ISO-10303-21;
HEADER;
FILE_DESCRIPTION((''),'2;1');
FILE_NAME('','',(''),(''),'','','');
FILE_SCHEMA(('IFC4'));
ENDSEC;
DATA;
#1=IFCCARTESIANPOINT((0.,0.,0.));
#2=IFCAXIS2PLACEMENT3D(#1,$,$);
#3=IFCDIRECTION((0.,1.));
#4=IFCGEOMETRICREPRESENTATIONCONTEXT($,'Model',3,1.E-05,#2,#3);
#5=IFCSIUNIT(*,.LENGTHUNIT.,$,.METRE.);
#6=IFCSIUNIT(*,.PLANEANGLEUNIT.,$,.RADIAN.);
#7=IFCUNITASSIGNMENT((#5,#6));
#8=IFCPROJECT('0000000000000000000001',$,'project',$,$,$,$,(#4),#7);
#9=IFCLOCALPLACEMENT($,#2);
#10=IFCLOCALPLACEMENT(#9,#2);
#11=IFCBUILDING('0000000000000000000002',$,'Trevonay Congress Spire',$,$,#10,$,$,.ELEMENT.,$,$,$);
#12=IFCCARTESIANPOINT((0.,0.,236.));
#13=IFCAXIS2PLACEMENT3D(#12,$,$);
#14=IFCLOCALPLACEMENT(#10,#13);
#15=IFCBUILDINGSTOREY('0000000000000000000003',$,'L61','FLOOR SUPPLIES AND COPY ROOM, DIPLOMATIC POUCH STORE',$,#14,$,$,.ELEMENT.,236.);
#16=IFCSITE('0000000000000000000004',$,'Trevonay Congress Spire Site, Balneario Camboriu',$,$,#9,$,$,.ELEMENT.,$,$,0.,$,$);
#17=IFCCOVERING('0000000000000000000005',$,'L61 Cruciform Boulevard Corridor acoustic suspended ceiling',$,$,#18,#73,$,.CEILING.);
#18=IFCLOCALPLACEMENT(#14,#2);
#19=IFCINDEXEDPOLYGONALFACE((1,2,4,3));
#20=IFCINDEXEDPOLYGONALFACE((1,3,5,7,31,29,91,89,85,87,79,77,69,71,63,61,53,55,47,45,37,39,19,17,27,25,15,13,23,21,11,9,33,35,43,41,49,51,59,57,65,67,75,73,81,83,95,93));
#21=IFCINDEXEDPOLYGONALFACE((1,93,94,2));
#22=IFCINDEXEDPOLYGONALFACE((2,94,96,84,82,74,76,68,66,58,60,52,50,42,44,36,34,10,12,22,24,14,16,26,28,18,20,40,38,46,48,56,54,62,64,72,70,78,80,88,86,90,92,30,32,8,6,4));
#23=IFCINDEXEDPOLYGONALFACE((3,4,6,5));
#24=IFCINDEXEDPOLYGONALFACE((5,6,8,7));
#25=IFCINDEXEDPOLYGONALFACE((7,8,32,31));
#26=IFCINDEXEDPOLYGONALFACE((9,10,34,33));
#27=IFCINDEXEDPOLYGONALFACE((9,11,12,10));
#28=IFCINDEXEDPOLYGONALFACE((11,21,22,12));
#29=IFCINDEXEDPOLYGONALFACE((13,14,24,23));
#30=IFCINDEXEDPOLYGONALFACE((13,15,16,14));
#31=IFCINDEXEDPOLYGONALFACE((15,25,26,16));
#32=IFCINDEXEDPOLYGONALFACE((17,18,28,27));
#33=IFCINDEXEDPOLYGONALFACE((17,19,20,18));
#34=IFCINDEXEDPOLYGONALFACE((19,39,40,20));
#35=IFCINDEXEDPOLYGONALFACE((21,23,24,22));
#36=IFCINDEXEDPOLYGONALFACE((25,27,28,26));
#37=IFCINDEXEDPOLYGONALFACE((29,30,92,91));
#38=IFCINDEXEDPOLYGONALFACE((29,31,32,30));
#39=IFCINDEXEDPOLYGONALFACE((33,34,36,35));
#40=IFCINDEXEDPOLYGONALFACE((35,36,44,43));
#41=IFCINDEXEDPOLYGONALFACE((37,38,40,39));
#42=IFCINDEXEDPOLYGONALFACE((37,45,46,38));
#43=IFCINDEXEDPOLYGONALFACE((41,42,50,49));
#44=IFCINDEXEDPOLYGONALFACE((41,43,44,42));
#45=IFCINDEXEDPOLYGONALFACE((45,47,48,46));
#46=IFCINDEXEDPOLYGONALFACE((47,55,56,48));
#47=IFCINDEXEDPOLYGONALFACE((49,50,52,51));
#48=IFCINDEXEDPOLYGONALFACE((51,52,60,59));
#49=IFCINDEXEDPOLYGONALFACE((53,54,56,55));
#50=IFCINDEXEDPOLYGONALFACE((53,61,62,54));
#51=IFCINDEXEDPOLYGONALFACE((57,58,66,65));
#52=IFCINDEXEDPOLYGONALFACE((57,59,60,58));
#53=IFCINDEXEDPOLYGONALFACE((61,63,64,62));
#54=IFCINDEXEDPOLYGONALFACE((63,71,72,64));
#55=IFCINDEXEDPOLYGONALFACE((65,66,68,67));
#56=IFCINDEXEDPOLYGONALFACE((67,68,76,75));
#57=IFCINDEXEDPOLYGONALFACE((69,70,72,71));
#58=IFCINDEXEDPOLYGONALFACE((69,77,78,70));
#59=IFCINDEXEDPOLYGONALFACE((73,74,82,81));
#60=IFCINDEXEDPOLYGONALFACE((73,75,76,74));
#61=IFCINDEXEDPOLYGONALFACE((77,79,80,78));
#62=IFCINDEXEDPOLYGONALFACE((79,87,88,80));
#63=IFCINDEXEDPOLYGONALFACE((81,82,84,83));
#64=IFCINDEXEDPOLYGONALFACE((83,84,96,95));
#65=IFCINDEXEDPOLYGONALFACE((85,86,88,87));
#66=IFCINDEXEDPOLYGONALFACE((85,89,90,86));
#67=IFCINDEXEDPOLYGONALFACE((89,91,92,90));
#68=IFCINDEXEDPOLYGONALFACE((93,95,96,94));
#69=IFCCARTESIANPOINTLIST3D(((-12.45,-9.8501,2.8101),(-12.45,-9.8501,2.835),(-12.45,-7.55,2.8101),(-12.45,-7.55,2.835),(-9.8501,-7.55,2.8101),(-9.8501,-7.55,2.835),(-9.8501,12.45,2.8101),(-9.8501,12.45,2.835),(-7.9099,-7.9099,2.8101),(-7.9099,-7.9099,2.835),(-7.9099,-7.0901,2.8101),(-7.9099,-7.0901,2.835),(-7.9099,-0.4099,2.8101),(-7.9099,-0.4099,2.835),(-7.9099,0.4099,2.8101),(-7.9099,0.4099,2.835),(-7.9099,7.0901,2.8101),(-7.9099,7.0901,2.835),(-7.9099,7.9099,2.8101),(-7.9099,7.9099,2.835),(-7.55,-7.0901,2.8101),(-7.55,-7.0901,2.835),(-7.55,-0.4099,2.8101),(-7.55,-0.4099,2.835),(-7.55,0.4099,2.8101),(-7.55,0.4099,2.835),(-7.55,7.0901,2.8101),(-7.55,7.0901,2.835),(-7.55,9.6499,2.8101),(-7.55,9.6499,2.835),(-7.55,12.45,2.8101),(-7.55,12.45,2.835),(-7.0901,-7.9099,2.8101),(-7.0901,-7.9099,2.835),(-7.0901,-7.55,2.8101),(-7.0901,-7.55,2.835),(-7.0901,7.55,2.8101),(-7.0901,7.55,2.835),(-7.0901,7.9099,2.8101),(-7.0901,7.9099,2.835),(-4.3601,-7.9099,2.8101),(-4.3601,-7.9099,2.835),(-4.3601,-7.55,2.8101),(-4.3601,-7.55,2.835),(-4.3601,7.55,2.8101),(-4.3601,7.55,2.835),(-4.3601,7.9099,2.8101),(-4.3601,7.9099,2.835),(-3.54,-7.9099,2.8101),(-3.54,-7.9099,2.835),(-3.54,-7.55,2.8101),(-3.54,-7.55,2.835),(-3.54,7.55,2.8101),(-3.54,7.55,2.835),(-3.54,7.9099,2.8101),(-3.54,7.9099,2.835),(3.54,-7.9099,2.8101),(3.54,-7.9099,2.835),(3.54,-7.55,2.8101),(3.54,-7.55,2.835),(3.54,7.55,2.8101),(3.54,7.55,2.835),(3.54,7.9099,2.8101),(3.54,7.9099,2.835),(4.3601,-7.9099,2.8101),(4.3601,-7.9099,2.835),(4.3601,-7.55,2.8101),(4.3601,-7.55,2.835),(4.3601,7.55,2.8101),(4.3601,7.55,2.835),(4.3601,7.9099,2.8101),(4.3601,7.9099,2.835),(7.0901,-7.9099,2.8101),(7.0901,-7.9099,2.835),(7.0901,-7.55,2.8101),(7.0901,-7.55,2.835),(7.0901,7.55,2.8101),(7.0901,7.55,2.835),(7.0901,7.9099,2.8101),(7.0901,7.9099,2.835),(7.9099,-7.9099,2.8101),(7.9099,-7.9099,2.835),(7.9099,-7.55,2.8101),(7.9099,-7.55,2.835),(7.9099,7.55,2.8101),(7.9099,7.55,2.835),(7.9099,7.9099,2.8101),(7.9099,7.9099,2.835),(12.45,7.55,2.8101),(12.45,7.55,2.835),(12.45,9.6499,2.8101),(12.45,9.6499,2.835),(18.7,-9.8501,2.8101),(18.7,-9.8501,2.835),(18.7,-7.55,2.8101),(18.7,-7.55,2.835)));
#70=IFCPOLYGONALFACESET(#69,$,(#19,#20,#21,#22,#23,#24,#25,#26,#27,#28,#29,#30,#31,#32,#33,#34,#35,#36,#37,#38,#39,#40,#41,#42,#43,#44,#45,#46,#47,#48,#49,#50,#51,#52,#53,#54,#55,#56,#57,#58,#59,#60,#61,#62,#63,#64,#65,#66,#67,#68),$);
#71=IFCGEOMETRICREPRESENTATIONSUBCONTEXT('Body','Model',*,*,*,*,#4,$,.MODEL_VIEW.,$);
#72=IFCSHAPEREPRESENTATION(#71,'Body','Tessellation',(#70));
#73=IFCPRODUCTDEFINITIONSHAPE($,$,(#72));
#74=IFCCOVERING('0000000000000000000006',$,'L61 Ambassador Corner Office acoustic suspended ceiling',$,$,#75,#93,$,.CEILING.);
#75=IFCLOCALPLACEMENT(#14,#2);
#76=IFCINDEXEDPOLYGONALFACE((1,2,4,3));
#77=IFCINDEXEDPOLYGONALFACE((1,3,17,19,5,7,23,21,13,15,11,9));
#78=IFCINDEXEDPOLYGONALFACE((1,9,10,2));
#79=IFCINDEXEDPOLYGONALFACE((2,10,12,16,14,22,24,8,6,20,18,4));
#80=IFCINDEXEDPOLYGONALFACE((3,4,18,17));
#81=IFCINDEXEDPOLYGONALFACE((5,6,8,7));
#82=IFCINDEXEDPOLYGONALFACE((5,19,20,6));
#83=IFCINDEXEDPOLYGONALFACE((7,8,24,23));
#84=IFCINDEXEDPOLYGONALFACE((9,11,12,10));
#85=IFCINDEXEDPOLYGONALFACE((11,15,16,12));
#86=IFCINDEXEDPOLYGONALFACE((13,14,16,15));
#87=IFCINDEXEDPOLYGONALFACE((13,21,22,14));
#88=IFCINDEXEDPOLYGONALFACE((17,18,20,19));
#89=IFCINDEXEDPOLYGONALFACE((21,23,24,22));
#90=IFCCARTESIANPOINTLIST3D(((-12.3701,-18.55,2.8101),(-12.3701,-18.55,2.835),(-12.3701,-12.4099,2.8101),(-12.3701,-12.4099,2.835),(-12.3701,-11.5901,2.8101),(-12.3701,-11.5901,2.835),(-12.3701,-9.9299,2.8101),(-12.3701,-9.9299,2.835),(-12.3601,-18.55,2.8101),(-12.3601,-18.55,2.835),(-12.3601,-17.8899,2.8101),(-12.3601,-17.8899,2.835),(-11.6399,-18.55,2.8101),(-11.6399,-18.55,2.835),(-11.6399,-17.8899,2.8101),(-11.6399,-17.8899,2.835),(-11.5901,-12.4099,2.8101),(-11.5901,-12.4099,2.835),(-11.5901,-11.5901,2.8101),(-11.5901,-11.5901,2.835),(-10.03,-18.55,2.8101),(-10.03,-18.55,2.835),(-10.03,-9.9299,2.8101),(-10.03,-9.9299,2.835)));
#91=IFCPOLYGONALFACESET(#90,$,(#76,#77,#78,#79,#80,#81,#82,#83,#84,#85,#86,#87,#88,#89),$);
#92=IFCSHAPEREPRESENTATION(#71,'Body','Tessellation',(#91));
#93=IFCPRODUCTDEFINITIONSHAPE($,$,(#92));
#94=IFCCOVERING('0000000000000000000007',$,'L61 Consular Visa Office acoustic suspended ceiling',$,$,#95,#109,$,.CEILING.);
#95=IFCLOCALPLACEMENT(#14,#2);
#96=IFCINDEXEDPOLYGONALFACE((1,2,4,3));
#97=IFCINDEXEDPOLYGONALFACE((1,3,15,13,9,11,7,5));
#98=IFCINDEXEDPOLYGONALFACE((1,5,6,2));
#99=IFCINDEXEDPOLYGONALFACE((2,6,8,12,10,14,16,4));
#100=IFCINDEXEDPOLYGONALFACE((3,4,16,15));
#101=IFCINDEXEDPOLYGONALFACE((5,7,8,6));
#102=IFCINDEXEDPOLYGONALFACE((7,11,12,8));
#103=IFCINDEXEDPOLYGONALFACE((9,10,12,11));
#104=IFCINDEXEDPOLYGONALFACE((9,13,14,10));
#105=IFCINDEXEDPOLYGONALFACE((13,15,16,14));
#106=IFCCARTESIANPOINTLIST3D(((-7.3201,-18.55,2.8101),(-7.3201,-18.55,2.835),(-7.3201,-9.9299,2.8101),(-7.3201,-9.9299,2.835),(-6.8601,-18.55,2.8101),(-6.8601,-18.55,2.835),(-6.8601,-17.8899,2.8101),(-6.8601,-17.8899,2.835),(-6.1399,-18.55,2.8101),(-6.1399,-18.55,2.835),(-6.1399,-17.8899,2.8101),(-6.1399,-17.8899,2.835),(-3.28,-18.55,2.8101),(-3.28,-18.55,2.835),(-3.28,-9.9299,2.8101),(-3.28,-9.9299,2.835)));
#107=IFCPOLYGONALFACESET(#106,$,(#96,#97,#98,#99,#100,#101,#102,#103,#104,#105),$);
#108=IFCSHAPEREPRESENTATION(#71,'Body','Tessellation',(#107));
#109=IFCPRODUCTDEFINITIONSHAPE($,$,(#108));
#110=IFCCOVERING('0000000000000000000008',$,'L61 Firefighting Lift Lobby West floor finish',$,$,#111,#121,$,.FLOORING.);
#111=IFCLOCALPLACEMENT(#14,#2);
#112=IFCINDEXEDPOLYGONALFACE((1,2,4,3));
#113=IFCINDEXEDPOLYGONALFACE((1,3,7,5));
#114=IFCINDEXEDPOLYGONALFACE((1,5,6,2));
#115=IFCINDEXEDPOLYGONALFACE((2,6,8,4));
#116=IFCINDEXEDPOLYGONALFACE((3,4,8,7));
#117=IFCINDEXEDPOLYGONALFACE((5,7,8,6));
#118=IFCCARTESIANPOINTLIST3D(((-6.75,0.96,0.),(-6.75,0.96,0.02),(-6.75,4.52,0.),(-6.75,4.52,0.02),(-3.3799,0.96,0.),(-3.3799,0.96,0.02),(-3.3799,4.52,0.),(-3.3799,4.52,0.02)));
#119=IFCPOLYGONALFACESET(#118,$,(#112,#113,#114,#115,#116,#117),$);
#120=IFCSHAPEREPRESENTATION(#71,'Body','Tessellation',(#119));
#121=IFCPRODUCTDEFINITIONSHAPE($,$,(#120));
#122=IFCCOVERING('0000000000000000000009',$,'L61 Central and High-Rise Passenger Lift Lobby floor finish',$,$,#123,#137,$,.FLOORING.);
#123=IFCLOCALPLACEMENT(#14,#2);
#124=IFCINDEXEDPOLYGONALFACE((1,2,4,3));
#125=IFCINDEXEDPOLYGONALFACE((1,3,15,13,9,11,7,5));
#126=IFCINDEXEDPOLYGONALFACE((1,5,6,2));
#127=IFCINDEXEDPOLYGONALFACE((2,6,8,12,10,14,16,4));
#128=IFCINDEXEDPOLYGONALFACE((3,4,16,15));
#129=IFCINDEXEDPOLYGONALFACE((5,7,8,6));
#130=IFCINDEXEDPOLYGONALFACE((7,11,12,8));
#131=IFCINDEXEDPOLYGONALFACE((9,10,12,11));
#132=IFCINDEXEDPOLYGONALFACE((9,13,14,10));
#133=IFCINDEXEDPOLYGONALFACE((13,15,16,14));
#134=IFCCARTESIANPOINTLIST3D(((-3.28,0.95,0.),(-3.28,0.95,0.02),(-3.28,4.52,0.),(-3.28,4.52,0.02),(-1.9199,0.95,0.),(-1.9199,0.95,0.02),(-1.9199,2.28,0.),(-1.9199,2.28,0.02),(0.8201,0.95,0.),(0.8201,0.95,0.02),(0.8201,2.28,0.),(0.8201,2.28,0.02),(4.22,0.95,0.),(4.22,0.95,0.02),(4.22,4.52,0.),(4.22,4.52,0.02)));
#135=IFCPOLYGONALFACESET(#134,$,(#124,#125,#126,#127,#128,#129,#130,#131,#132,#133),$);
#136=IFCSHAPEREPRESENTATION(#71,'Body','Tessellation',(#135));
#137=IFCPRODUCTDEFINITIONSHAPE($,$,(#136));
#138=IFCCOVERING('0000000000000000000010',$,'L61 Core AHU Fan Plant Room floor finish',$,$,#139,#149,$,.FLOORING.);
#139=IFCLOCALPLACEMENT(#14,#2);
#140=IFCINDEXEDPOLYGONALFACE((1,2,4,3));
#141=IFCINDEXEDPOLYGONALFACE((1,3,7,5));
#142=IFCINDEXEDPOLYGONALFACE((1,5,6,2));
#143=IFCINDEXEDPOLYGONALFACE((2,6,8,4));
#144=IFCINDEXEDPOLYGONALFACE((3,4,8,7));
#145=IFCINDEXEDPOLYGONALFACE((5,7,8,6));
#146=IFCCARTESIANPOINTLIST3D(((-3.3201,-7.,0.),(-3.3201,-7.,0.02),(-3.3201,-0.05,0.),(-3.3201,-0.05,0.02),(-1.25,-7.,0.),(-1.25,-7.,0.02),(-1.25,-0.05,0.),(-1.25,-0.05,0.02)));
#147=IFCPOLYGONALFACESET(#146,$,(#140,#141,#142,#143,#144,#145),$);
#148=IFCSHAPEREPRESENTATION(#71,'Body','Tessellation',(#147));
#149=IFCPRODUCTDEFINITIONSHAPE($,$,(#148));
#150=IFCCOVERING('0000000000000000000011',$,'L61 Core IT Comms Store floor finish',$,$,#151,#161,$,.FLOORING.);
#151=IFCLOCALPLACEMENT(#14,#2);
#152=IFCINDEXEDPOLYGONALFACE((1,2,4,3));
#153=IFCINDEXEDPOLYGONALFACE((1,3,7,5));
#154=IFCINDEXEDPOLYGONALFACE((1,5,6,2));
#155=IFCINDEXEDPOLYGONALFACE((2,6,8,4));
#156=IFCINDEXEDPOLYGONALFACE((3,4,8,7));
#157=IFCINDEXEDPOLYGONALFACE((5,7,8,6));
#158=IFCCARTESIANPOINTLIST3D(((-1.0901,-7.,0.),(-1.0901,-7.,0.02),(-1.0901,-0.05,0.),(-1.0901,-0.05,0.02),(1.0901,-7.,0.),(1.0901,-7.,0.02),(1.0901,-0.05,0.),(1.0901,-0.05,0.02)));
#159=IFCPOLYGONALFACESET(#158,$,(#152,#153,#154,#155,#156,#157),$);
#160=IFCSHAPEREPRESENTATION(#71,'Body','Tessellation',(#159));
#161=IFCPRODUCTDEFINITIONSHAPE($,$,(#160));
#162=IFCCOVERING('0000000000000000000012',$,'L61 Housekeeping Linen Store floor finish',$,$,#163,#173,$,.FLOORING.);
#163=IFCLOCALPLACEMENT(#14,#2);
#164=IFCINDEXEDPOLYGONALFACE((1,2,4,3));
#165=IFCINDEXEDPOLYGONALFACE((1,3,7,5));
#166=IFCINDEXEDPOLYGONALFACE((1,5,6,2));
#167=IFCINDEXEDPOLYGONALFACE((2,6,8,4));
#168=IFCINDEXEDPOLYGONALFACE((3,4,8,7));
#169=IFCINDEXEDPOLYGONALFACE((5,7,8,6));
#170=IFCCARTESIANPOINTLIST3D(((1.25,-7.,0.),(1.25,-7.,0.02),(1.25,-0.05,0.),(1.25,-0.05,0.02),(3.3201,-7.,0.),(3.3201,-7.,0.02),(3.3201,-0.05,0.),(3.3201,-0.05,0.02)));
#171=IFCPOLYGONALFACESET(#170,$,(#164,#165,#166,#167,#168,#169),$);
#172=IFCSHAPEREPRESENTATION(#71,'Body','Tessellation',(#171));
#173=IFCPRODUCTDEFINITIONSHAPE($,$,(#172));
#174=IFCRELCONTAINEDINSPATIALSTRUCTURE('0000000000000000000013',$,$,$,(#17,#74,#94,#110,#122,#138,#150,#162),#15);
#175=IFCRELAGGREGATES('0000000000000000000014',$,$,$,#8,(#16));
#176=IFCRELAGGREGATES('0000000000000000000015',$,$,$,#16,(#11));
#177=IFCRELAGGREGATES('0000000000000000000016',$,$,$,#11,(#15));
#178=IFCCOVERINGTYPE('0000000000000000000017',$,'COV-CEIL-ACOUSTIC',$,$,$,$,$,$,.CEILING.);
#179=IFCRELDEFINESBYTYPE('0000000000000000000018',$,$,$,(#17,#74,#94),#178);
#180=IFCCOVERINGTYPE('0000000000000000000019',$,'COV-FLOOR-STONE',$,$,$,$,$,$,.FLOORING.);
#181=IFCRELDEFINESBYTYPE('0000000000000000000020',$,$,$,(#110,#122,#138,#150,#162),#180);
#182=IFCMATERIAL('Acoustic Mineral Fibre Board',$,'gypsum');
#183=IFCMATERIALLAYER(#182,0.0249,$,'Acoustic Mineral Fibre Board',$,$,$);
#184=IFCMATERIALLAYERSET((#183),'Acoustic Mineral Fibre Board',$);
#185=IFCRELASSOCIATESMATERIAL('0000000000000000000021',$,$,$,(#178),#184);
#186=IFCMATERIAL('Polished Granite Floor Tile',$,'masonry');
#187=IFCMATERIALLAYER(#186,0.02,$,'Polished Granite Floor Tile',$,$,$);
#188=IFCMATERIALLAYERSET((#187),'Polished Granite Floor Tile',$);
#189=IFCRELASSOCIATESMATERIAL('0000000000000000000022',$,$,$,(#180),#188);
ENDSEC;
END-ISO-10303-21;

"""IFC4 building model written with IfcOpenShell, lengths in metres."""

from ifc_helpers import new_model, si_unit, direction, frame, origin, place, context, subcontext, project, spatial, polyline, outline, extrude, material, layer, layer_set, type_object, element, save


model = new_model("IFC4")

# Units and contexts
model_context = context("Model", 3, precision=1e-05, world=origin(), true_north=direction((0.0, 1.0)))
body_context = subcontext(model_context, "Body", "Model", "MODEL_VIEW")
ifc_project = project(units=[si_unit("LENGTHUNIT", "METRE"), si_unit("PLANEANGLEUNIT", "RADIAN")], contexts=[model_context])

# Site, building, storey
site_placement = place(None, origin())
site = spatial("IfcSite", under=ifc_project, at=site_placement, Name="Trevonay Congress Spire Site, Balneario Camboriu", CompositionType="ELEMENT", RefElevation=0.0)
building_placement = place(site_placement, origin())
building = spatial("IfcBuilding", under=site, at=building_placement, Name="Trevonay Congress Spire", CompositionType="ELEMENT")
storey_placement = place(building_placement, frame((0.0, 0.0, 236.0)))
storey = spatial("IfcBuildingStorey", under=building, at=storey_placement, Name="L61", Description="FLOOR SUPPLIES AND COPY ROOM, DIPLOMATIC POUCH STORE", CompositionType="ELEMENT", Elevation=236.0)

# Coverings
ifc_material_1 = material(Name="Acoustic Mineral Fibre Board", Category="gypsum")
ifc_layer_1 = layer(ifc_material_1, 0.0249, Name="Acoustic Mineral Fibre Board")
ifc_layer_set_1 = layer_set([ifc_layer_1], Name="Acoustic Mineral Fibre Board")
covering_type_1 = type_object("IfcCoveringType", Name="COV-CEIL-ACOUSTIC", PredefinedType="CEILING", material=ifc_layer_set_1)
covering_1_placement = place(storey_placement, frame((0.0, 0.0, 2.8101)))
element("IfcCovering", 1, at=covering_1_placement, inside=storey, type_object=covering_type_1, Name="L61 Cruciform Boulevard Corridor acoustic suspended ceiling", PredefinedType="CEILING", context=body_context, shape_type="SweptSolid", body=[
    extrude(outline(polyline([(18.7, -7.55), (18.7, -9.8501), (-12.45, -9.8501), (-12.45, -7.55), (-9.8501, -7.55), (-9.8501, 12.45), (-7.55, 12.45), (-7.55, 9.6499), (12.45, 9.6499), (12.45, 7.55), (7.9099, 7.55), (7.9099, 7.9099), (7.0901, 7.9099), (7.0901, 7.55), (4.3601, 7.55), (4.3601, 7.9099), (3.54, 7.9099), (3.54, 7.55), (-3.54, 7.55), (-3.54, 7.9099), (-4.3601, 7.9099), (-4.3601, 7.55), (-7.0901, 7.55), (-7.0901, 7.9099), (-7.9099, 7.9099), (-7.9099, 7.0901), (-7.55, 7.0901), (-7.55, 0.4099), (-7.9099, 0.4099), (-7.9099, -0.4099), (-7.55, -0.4099), (-7.55, -7.0901), (-7.9099, -7.0901), (-7.9099, -7.9099), (-7.0901, -7.9099), (-7.0901, -7.55), (-4.3601, -7.55), (-4.3601, -7.9099), (-3.54, -7.9099), (-3.54, -7.55), (3.54, -7.55), (3.54, -7.9099), (4.3601, -7.9099), (4.3601, -7.55), (7.0901, -7.55), (7.0901, -7.9099), (7.9099, -7.9099), (7.9099, -7.55), (18.7, -7.55)])), origin(), (0.0, 0.0, 1.0), 0.0249),
])
covering_2_placement = place(storey_placement, frame((0.0, 0.0, 2.8101)))
element("IfcCovering", 2, at=covering_2_placement, inside=storey, type_object=covering_type_1, Name="L61 Ambassador Corner Office acoustic suspended ceiling", PredefinedType="CEILING", context=body_context, shape_type="SweptSolid", body=[
    extrude(outline(polyline([(-12.3701, -18.55), (-12.3701, -12.4099), (-11.5901, -12.4099), (-11.5901, -11.5901), (-12.3701, -11.5901), (-12.3701, -9.9299), (-10.03, -9.9299), (-10.03, -18.55), (-11.6399, -18.55), (-11.6399, -17.8899), (-12.3601, -17.8899), (-12.3601, -18.55), (-12.3701, -18.55)])), origin(), (0.0, 0.0, 1.0), 0.0249),
])
covering_3_placement = place(storey_placement, frame((0.0, 0.0, 2.8101)))
element("IfcCovering", 3, at=covering_3_placement, inside=storey, type_object=covering_type_1, Name="L61 Consular Visa Office acoustic suspended ceiling", PredefinedType="CEILING", context=body_context, shape_type="SweptSolid", body=[
    extrude(outline(polyline([(-7.3201, -18.55), (-7.3201, -9.9299), (-3.28, -9.9299), (-3.28, -18.55), (-6.1399, -18.55), (-6.1399, -17.8899), (-6.8601, -17.8899), (-6.8601, -18.55), (-7.3201, -18.55)])), origin(), (0.0, 0.0, 1.0), 0.0249),
])
ifc_material_2 = material(Name="Polished Granite Floor Tile", Category="masonry")
ifc_layer_2 = layer(ifc_material_2, 0.02, Name="Polished Granite Floor Tile")
ifc_layer_set_2 = layer_set([ifc_layer_2], Name="Polished Granite Floor Tile")
covering_type_2 = type_object("IfcCoveringType", Name="COV-FLOOR-STONE", PredefinedType="FLOORING", material=ifc_layer_set_2)
covering_4_placement = place(storey_placement, origin())
element("IfcCovering", 4, at=covering_4_placement, inside=storey, type_object=covering_type_2, Name="L61 Firefighting Lift Lobby West floor finish", PredefinedType="FLOORING", context=body_context, shape_type="SweptSolid", body=[
    extrude(outline(polyline([(-6.75, 0.96), (-3.3799, 0.96), (-3.3799, 4.52), (-6.75, 4.52), (-6.75, 0.96)])), origin(), (0.0, 0.0, 1.0), 0.02),
])
covering_5_placement = place(storey_placement, origin())
element("IfcCovering", 5, at=covering_5_placement, inside=storey, type_object=covering_type_2, Name="L61 Central and High-Rise Passenger Lift Lobby floor finish", PredefinedType="FLOORING", context=body_context, shape_type="SweptSolid", body=[
    extrude(outline(polyline([(-3.28, 0.95), (-1.9199, 0.95), (-1.9199, 2.28), (0.8201, 2.28), (0.8201, 0.95), (4.22, 0.95), (4.22, 4.52), (-3.28, 4.52), (-3.28, 0.95)])), origin(), (0.0, 0.0, 1.0), 0.02),
])
covering_6_placement = place(storey_placement, origin())
element("IfcCovering", 6, at=covering_6_placement, inside=storey, type_object=covering_type_2, Name="L61 Core AHU Fan Plant Room floor finish", PredefinedType="FLOORING", context=body_context, shape_type="SweptSolid", body=[
    extrude(outline(polyline([(-3.3201, -7.0), (-1.25, -7.0), (-1.25, -0.05), (-3.3201, -0.05), (-3.3201, -7.0)])), origin(), (0.0, 0.0, 1.0), 0.02),
])
covering_7_placement = place(storey_placement, origin())
element("IfcCovering", 7, at=covering_7_placement, inside=storey, type_object=covering_type_2, Name="L61 Core IT Comms Store floor finish", PredefinedType="FLOORING", context=body_context, shape_type="SweptSolid", body=[
    extrude(outline(polyline([(-1.0901, -7.0), (1.0901, -7.0), (1.0901, -0.05), (-1.0901, -0.05), (-1.0901, -7.0)])), origin(), (0.0, 0.0, 1.0), 0.02),
])
covering_8_placement = place(storey_placement, origin())
element("IfcCovering", 8, at=covering_8_placement, inside=storey, type_object=covering_type_2, Name="L61 Housekeeping Linen Store floor finish", PredefinedType="FLOORING", context=body_context, shape_type="SweptSolid", body=[
    extrude(outline(polyline([(1.25, -7.0), (3.3201, -7.0), (3.3201, -0.05), (1.25, -0.05), (1.25, -7.0)])), origin(), (0.0, 0.0, 1.0), 0.02),
])

save(model, "model.ifc")
